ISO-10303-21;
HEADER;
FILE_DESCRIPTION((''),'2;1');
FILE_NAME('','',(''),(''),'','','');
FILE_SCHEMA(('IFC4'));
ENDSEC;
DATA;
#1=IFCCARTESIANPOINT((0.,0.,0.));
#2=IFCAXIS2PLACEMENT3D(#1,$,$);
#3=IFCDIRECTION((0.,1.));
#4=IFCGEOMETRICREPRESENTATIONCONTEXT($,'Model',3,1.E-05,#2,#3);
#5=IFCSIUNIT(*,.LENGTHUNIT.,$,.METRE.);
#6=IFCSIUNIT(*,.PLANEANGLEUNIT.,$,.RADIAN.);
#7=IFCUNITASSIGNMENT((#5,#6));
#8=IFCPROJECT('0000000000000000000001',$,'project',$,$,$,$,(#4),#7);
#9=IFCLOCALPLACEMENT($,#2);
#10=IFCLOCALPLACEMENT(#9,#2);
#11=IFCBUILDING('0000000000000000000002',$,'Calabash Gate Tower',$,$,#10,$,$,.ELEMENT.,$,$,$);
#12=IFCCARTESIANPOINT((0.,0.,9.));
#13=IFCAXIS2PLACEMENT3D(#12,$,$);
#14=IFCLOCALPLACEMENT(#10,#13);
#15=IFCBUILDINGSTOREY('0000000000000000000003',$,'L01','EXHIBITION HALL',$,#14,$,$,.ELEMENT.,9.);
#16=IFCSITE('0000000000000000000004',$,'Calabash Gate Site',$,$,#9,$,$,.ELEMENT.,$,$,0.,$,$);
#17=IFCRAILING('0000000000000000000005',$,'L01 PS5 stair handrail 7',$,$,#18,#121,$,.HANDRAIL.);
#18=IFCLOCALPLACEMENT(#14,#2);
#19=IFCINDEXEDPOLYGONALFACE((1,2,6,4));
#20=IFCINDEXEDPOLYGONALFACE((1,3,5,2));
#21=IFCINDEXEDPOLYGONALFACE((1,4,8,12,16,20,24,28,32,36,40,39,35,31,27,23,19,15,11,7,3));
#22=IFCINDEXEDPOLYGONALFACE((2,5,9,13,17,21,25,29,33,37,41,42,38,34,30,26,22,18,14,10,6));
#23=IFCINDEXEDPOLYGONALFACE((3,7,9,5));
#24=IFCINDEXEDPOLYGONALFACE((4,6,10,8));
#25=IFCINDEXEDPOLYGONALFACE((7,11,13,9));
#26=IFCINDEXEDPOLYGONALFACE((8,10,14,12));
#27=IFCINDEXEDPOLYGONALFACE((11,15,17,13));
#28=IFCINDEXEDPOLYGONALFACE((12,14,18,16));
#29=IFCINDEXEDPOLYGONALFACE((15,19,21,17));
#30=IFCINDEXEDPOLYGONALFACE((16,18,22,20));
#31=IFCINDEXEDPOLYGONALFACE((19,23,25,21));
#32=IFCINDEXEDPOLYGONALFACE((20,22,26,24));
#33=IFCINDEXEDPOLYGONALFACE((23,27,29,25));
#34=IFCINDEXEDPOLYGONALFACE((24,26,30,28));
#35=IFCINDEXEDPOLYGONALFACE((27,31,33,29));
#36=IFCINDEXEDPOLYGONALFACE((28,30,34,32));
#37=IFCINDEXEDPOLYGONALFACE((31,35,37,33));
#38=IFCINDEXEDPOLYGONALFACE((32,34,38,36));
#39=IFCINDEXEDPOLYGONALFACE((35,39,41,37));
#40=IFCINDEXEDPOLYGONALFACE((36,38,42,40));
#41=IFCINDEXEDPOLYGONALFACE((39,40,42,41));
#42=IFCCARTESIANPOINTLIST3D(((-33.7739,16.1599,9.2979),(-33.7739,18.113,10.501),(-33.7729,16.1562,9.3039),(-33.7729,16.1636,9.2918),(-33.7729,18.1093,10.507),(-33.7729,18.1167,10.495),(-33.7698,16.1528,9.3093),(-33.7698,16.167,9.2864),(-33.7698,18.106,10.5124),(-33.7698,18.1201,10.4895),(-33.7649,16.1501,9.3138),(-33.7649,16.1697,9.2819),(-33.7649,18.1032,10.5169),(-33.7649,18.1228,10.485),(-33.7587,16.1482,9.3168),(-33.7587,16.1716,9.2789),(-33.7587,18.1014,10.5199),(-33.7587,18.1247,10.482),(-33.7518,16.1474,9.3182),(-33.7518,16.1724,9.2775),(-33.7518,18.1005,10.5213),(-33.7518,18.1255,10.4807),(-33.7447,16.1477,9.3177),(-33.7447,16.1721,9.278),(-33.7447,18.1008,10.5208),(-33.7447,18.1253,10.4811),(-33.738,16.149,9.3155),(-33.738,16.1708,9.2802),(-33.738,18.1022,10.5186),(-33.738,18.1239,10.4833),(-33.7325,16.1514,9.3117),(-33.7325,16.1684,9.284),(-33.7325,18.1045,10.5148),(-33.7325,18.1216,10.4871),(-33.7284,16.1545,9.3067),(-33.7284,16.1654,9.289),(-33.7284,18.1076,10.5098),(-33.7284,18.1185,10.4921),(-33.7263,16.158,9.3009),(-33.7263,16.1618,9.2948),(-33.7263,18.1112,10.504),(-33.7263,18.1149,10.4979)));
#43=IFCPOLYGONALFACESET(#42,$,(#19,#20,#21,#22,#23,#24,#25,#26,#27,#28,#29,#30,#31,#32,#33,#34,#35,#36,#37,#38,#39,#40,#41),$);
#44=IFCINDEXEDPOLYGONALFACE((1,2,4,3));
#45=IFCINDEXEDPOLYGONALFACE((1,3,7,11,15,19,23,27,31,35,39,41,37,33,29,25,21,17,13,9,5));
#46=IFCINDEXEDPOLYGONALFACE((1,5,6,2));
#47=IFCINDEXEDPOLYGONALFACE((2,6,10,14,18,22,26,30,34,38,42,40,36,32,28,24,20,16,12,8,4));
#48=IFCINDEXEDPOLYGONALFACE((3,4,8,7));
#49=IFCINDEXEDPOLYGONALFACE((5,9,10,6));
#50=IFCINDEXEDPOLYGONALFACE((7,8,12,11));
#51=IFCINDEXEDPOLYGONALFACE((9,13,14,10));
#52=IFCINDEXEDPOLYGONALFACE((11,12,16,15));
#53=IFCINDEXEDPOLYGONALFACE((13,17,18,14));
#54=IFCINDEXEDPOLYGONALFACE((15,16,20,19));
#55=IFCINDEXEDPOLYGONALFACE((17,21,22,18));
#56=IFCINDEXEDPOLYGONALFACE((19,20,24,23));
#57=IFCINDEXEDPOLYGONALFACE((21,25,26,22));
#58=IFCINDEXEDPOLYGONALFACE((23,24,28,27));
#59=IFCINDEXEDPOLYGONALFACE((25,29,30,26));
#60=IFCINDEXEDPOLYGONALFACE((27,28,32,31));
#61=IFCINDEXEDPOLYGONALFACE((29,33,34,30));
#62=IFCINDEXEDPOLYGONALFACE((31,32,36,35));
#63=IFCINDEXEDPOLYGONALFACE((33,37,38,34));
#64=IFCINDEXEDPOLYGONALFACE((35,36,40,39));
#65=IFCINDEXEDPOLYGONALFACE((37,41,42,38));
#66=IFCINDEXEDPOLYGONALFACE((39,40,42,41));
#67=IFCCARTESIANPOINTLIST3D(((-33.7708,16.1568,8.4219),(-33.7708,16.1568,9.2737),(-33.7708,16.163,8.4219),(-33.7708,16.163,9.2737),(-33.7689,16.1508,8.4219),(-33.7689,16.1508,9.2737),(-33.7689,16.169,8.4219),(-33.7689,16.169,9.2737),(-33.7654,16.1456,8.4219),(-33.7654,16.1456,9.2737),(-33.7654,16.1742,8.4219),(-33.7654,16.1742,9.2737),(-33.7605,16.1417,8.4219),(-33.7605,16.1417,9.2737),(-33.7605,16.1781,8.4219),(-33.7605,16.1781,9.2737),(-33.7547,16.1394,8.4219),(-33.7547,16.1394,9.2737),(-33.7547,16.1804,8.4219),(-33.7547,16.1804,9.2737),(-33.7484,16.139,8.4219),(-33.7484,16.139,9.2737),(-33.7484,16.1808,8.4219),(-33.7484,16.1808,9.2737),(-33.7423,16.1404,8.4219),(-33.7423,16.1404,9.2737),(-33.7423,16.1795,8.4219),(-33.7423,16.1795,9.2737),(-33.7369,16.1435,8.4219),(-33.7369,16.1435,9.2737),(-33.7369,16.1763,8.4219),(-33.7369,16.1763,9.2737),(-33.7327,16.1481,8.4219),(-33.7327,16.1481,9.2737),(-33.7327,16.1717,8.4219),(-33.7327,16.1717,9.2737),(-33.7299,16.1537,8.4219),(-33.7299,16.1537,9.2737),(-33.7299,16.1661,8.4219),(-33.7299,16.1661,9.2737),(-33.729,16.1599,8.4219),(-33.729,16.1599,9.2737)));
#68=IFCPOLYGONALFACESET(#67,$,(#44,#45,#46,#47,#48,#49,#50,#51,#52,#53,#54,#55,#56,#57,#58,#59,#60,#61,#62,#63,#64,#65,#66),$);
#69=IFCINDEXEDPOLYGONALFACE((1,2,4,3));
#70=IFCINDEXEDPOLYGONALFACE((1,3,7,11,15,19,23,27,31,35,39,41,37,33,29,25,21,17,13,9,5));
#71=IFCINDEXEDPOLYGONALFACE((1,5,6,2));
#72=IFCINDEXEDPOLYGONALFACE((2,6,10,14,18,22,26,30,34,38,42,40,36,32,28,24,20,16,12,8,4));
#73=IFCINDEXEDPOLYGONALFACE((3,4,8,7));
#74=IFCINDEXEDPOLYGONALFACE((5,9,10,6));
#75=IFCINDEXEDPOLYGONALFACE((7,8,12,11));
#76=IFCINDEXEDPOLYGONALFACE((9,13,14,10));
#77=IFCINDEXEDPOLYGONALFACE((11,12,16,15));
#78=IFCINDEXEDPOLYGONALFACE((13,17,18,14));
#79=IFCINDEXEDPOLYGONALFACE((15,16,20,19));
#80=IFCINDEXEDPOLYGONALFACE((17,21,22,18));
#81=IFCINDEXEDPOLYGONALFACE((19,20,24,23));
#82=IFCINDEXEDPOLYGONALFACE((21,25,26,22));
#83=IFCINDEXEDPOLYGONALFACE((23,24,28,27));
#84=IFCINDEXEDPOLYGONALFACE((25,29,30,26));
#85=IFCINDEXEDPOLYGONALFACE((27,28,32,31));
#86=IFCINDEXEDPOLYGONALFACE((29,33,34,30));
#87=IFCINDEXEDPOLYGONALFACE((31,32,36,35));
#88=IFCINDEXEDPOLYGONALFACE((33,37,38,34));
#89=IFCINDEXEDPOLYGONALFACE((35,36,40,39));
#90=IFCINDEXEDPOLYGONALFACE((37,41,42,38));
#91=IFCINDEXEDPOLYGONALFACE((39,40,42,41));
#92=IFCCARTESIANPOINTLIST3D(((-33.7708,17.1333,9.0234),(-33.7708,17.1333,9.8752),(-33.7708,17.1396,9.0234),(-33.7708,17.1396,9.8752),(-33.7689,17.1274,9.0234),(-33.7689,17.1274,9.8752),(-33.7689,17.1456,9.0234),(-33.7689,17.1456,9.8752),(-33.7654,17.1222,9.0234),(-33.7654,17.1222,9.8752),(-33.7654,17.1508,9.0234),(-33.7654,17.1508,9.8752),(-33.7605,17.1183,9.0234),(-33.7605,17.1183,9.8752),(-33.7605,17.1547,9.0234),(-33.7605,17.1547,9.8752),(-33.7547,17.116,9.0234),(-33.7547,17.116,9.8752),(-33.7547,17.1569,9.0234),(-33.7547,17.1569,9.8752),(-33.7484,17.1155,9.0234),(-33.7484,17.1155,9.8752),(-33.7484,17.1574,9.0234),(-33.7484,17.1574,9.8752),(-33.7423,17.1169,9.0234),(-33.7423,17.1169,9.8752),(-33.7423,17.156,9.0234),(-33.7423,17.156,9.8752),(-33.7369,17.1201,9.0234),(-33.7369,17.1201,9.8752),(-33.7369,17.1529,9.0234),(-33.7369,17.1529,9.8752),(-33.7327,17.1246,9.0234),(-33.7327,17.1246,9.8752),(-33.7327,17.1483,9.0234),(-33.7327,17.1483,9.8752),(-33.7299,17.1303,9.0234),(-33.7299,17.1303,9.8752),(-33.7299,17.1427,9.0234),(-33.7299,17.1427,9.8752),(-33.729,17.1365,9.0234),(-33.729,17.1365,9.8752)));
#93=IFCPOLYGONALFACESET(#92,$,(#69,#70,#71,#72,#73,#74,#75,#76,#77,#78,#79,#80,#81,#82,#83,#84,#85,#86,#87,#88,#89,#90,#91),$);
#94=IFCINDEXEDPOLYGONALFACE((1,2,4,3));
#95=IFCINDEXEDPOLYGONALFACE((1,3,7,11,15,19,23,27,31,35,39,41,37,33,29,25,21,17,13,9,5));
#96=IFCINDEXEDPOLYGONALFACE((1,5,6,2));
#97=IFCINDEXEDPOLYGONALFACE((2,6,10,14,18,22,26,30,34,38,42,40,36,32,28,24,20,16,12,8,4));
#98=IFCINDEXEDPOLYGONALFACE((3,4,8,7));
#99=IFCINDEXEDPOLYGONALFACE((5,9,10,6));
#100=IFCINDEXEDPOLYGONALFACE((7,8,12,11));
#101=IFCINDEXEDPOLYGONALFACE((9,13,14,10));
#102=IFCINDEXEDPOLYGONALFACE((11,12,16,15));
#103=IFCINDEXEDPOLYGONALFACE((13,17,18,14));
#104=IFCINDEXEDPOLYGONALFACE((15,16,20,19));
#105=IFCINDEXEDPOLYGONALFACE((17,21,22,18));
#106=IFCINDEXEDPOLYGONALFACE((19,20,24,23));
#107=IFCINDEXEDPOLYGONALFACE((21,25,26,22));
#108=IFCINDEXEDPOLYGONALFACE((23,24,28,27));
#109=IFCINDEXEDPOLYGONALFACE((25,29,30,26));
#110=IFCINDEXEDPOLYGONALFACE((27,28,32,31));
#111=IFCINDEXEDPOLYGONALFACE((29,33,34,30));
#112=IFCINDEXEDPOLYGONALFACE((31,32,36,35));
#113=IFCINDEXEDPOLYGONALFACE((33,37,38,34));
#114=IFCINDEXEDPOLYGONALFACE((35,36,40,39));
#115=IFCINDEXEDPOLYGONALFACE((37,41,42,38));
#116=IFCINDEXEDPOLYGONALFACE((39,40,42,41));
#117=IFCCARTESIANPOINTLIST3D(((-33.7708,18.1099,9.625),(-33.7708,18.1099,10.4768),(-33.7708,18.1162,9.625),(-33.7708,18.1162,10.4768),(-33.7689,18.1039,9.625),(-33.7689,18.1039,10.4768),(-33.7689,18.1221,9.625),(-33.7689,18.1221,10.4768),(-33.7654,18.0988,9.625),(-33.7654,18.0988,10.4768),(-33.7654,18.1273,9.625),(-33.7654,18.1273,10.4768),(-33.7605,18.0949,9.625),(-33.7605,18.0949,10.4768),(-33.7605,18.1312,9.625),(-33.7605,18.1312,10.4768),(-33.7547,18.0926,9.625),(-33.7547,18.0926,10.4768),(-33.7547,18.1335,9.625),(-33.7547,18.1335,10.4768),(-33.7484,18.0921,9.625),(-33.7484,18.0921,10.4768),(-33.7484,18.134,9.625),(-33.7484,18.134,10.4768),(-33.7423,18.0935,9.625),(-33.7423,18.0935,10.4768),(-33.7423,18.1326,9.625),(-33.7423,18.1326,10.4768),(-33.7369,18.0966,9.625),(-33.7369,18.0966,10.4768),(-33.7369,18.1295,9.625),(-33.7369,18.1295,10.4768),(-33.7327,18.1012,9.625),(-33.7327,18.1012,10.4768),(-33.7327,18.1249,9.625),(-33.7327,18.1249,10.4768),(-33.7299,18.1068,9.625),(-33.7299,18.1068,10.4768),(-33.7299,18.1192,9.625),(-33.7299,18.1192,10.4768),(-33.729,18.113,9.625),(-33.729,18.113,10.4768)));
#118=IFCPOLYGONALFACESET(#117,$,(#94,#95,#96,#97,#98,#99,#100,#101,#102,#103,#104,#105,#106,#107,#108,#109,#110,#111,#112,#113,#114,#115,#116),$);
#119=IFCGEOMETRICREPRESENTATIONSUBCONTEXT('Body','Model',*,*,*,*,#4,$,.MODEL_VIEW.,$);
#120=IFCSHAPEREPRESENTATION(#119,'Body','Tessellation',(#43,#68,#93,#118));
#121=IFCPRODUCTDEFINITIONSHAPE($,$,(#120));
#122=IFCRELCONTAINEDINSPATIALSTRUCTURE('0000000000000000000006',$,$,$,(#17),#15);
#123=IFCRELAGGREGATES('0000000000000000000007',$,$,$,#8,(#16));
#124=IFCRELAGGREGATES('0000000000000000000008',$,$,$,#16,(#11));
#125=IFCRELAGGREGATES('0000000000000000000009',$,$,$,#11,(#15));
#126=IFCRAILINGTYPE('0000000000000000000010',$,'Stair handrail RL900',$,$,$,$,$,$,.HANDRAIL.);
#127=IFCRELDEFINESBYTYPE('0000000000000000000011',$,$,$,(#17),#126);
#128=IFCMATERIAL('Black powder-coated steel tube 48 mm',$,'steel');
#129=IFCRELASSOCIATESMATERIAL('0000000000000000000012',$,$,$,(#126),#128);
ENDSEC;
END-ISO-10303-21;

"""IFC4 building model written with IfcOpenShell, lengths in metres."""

from ifc_helpers import new_model, si_unit, direction, frame, origin, origin_2d, place, context, subcontext, project, spatial, circle, extrude, material, type_object, element, save


model = new_model("IFC4")

# Units and contexts
model_context = context("Model", 3, precision=1e-05, world=origin(), true_north=direction((0.0, 1.0)))
body_context = subcontext(model_context, "Body", "Model", "MODEL_VIEW")
ifc_project = project(units=[si_unit("LENGTHUNIT", "METRE"), si_unit("PLANEANGLEUNIT", "RADIAN")], contexts=[model_context])

# Site, building, storey
site_placement = place(None, origin())
site = spatial("IfcSite", under=ifc_project, at=site_placement, Name="Calabash Gate Site", CompositionType="ELEMENT", RefElevation=0.0)
building_placement = place(site_placement, origin())
building = spatial("IfcBuilding", under=site, at=building_placement, Name="Calabash Gate Tower", CompositionType="ELEMENT")
storey_placement = place(building_placement, frame((0.0, 0.0, 9.0)))
storey = spatial("IfcBuildingStorey", under=building, at=storey_placement, Name="L01", Description="EXHIBITION HALL", CompositionType="ELEMENT", Elevation=9.0)

# Railing
ifc_material_1 = material(Name="Black powder-coated steel tube 48 mm", Category="steel")
railing_type_1 = type_object("IfcRailingType", Name="Stair handrail RL900", PredefinedType="HANDRAIL", material=ifc_material_1)
for number, where, name in (
    (1, (-33.75, 16.1599, 8.4219), "L01 PS5 stair handrail 7"),
):
    element("IfcRailing", number, at=place(storey_placement, frame(where)), inside=storey, type_object=railing_type_1, Name=name, PredefinedType="HANDRAIL", context=body_context, shape_type="SweptSolid", body=[
        extrude(circle(Radius=0.0239, at=origin_2d()), frame((0.0, 0.0, 0.876), z_axis=(0.0, 0.851424, 0.524477), x_axis=(-1.0, 0.0, 0.0)), (0.0, 0.0, 1.0), 2.2939),
        extrude(circle(Radius=0.021, at=origin_2d()), origin(), (0.0, 0.0, 1.0), 0.8518),
        extrude(circle(Radius=0.021, at=origin_2d()), frame((0.0, 0.9766, 0.6016)), (0.0, 0.0, 1.0), 0.8518),
        extrude(circle(Radius=0.021, at=origin_2d()), frame((0.0, 1.9531, 1.2031)), (0.0, 0.0, 1.0), 0.8518),
    ])

save(model, "model.ifc")
